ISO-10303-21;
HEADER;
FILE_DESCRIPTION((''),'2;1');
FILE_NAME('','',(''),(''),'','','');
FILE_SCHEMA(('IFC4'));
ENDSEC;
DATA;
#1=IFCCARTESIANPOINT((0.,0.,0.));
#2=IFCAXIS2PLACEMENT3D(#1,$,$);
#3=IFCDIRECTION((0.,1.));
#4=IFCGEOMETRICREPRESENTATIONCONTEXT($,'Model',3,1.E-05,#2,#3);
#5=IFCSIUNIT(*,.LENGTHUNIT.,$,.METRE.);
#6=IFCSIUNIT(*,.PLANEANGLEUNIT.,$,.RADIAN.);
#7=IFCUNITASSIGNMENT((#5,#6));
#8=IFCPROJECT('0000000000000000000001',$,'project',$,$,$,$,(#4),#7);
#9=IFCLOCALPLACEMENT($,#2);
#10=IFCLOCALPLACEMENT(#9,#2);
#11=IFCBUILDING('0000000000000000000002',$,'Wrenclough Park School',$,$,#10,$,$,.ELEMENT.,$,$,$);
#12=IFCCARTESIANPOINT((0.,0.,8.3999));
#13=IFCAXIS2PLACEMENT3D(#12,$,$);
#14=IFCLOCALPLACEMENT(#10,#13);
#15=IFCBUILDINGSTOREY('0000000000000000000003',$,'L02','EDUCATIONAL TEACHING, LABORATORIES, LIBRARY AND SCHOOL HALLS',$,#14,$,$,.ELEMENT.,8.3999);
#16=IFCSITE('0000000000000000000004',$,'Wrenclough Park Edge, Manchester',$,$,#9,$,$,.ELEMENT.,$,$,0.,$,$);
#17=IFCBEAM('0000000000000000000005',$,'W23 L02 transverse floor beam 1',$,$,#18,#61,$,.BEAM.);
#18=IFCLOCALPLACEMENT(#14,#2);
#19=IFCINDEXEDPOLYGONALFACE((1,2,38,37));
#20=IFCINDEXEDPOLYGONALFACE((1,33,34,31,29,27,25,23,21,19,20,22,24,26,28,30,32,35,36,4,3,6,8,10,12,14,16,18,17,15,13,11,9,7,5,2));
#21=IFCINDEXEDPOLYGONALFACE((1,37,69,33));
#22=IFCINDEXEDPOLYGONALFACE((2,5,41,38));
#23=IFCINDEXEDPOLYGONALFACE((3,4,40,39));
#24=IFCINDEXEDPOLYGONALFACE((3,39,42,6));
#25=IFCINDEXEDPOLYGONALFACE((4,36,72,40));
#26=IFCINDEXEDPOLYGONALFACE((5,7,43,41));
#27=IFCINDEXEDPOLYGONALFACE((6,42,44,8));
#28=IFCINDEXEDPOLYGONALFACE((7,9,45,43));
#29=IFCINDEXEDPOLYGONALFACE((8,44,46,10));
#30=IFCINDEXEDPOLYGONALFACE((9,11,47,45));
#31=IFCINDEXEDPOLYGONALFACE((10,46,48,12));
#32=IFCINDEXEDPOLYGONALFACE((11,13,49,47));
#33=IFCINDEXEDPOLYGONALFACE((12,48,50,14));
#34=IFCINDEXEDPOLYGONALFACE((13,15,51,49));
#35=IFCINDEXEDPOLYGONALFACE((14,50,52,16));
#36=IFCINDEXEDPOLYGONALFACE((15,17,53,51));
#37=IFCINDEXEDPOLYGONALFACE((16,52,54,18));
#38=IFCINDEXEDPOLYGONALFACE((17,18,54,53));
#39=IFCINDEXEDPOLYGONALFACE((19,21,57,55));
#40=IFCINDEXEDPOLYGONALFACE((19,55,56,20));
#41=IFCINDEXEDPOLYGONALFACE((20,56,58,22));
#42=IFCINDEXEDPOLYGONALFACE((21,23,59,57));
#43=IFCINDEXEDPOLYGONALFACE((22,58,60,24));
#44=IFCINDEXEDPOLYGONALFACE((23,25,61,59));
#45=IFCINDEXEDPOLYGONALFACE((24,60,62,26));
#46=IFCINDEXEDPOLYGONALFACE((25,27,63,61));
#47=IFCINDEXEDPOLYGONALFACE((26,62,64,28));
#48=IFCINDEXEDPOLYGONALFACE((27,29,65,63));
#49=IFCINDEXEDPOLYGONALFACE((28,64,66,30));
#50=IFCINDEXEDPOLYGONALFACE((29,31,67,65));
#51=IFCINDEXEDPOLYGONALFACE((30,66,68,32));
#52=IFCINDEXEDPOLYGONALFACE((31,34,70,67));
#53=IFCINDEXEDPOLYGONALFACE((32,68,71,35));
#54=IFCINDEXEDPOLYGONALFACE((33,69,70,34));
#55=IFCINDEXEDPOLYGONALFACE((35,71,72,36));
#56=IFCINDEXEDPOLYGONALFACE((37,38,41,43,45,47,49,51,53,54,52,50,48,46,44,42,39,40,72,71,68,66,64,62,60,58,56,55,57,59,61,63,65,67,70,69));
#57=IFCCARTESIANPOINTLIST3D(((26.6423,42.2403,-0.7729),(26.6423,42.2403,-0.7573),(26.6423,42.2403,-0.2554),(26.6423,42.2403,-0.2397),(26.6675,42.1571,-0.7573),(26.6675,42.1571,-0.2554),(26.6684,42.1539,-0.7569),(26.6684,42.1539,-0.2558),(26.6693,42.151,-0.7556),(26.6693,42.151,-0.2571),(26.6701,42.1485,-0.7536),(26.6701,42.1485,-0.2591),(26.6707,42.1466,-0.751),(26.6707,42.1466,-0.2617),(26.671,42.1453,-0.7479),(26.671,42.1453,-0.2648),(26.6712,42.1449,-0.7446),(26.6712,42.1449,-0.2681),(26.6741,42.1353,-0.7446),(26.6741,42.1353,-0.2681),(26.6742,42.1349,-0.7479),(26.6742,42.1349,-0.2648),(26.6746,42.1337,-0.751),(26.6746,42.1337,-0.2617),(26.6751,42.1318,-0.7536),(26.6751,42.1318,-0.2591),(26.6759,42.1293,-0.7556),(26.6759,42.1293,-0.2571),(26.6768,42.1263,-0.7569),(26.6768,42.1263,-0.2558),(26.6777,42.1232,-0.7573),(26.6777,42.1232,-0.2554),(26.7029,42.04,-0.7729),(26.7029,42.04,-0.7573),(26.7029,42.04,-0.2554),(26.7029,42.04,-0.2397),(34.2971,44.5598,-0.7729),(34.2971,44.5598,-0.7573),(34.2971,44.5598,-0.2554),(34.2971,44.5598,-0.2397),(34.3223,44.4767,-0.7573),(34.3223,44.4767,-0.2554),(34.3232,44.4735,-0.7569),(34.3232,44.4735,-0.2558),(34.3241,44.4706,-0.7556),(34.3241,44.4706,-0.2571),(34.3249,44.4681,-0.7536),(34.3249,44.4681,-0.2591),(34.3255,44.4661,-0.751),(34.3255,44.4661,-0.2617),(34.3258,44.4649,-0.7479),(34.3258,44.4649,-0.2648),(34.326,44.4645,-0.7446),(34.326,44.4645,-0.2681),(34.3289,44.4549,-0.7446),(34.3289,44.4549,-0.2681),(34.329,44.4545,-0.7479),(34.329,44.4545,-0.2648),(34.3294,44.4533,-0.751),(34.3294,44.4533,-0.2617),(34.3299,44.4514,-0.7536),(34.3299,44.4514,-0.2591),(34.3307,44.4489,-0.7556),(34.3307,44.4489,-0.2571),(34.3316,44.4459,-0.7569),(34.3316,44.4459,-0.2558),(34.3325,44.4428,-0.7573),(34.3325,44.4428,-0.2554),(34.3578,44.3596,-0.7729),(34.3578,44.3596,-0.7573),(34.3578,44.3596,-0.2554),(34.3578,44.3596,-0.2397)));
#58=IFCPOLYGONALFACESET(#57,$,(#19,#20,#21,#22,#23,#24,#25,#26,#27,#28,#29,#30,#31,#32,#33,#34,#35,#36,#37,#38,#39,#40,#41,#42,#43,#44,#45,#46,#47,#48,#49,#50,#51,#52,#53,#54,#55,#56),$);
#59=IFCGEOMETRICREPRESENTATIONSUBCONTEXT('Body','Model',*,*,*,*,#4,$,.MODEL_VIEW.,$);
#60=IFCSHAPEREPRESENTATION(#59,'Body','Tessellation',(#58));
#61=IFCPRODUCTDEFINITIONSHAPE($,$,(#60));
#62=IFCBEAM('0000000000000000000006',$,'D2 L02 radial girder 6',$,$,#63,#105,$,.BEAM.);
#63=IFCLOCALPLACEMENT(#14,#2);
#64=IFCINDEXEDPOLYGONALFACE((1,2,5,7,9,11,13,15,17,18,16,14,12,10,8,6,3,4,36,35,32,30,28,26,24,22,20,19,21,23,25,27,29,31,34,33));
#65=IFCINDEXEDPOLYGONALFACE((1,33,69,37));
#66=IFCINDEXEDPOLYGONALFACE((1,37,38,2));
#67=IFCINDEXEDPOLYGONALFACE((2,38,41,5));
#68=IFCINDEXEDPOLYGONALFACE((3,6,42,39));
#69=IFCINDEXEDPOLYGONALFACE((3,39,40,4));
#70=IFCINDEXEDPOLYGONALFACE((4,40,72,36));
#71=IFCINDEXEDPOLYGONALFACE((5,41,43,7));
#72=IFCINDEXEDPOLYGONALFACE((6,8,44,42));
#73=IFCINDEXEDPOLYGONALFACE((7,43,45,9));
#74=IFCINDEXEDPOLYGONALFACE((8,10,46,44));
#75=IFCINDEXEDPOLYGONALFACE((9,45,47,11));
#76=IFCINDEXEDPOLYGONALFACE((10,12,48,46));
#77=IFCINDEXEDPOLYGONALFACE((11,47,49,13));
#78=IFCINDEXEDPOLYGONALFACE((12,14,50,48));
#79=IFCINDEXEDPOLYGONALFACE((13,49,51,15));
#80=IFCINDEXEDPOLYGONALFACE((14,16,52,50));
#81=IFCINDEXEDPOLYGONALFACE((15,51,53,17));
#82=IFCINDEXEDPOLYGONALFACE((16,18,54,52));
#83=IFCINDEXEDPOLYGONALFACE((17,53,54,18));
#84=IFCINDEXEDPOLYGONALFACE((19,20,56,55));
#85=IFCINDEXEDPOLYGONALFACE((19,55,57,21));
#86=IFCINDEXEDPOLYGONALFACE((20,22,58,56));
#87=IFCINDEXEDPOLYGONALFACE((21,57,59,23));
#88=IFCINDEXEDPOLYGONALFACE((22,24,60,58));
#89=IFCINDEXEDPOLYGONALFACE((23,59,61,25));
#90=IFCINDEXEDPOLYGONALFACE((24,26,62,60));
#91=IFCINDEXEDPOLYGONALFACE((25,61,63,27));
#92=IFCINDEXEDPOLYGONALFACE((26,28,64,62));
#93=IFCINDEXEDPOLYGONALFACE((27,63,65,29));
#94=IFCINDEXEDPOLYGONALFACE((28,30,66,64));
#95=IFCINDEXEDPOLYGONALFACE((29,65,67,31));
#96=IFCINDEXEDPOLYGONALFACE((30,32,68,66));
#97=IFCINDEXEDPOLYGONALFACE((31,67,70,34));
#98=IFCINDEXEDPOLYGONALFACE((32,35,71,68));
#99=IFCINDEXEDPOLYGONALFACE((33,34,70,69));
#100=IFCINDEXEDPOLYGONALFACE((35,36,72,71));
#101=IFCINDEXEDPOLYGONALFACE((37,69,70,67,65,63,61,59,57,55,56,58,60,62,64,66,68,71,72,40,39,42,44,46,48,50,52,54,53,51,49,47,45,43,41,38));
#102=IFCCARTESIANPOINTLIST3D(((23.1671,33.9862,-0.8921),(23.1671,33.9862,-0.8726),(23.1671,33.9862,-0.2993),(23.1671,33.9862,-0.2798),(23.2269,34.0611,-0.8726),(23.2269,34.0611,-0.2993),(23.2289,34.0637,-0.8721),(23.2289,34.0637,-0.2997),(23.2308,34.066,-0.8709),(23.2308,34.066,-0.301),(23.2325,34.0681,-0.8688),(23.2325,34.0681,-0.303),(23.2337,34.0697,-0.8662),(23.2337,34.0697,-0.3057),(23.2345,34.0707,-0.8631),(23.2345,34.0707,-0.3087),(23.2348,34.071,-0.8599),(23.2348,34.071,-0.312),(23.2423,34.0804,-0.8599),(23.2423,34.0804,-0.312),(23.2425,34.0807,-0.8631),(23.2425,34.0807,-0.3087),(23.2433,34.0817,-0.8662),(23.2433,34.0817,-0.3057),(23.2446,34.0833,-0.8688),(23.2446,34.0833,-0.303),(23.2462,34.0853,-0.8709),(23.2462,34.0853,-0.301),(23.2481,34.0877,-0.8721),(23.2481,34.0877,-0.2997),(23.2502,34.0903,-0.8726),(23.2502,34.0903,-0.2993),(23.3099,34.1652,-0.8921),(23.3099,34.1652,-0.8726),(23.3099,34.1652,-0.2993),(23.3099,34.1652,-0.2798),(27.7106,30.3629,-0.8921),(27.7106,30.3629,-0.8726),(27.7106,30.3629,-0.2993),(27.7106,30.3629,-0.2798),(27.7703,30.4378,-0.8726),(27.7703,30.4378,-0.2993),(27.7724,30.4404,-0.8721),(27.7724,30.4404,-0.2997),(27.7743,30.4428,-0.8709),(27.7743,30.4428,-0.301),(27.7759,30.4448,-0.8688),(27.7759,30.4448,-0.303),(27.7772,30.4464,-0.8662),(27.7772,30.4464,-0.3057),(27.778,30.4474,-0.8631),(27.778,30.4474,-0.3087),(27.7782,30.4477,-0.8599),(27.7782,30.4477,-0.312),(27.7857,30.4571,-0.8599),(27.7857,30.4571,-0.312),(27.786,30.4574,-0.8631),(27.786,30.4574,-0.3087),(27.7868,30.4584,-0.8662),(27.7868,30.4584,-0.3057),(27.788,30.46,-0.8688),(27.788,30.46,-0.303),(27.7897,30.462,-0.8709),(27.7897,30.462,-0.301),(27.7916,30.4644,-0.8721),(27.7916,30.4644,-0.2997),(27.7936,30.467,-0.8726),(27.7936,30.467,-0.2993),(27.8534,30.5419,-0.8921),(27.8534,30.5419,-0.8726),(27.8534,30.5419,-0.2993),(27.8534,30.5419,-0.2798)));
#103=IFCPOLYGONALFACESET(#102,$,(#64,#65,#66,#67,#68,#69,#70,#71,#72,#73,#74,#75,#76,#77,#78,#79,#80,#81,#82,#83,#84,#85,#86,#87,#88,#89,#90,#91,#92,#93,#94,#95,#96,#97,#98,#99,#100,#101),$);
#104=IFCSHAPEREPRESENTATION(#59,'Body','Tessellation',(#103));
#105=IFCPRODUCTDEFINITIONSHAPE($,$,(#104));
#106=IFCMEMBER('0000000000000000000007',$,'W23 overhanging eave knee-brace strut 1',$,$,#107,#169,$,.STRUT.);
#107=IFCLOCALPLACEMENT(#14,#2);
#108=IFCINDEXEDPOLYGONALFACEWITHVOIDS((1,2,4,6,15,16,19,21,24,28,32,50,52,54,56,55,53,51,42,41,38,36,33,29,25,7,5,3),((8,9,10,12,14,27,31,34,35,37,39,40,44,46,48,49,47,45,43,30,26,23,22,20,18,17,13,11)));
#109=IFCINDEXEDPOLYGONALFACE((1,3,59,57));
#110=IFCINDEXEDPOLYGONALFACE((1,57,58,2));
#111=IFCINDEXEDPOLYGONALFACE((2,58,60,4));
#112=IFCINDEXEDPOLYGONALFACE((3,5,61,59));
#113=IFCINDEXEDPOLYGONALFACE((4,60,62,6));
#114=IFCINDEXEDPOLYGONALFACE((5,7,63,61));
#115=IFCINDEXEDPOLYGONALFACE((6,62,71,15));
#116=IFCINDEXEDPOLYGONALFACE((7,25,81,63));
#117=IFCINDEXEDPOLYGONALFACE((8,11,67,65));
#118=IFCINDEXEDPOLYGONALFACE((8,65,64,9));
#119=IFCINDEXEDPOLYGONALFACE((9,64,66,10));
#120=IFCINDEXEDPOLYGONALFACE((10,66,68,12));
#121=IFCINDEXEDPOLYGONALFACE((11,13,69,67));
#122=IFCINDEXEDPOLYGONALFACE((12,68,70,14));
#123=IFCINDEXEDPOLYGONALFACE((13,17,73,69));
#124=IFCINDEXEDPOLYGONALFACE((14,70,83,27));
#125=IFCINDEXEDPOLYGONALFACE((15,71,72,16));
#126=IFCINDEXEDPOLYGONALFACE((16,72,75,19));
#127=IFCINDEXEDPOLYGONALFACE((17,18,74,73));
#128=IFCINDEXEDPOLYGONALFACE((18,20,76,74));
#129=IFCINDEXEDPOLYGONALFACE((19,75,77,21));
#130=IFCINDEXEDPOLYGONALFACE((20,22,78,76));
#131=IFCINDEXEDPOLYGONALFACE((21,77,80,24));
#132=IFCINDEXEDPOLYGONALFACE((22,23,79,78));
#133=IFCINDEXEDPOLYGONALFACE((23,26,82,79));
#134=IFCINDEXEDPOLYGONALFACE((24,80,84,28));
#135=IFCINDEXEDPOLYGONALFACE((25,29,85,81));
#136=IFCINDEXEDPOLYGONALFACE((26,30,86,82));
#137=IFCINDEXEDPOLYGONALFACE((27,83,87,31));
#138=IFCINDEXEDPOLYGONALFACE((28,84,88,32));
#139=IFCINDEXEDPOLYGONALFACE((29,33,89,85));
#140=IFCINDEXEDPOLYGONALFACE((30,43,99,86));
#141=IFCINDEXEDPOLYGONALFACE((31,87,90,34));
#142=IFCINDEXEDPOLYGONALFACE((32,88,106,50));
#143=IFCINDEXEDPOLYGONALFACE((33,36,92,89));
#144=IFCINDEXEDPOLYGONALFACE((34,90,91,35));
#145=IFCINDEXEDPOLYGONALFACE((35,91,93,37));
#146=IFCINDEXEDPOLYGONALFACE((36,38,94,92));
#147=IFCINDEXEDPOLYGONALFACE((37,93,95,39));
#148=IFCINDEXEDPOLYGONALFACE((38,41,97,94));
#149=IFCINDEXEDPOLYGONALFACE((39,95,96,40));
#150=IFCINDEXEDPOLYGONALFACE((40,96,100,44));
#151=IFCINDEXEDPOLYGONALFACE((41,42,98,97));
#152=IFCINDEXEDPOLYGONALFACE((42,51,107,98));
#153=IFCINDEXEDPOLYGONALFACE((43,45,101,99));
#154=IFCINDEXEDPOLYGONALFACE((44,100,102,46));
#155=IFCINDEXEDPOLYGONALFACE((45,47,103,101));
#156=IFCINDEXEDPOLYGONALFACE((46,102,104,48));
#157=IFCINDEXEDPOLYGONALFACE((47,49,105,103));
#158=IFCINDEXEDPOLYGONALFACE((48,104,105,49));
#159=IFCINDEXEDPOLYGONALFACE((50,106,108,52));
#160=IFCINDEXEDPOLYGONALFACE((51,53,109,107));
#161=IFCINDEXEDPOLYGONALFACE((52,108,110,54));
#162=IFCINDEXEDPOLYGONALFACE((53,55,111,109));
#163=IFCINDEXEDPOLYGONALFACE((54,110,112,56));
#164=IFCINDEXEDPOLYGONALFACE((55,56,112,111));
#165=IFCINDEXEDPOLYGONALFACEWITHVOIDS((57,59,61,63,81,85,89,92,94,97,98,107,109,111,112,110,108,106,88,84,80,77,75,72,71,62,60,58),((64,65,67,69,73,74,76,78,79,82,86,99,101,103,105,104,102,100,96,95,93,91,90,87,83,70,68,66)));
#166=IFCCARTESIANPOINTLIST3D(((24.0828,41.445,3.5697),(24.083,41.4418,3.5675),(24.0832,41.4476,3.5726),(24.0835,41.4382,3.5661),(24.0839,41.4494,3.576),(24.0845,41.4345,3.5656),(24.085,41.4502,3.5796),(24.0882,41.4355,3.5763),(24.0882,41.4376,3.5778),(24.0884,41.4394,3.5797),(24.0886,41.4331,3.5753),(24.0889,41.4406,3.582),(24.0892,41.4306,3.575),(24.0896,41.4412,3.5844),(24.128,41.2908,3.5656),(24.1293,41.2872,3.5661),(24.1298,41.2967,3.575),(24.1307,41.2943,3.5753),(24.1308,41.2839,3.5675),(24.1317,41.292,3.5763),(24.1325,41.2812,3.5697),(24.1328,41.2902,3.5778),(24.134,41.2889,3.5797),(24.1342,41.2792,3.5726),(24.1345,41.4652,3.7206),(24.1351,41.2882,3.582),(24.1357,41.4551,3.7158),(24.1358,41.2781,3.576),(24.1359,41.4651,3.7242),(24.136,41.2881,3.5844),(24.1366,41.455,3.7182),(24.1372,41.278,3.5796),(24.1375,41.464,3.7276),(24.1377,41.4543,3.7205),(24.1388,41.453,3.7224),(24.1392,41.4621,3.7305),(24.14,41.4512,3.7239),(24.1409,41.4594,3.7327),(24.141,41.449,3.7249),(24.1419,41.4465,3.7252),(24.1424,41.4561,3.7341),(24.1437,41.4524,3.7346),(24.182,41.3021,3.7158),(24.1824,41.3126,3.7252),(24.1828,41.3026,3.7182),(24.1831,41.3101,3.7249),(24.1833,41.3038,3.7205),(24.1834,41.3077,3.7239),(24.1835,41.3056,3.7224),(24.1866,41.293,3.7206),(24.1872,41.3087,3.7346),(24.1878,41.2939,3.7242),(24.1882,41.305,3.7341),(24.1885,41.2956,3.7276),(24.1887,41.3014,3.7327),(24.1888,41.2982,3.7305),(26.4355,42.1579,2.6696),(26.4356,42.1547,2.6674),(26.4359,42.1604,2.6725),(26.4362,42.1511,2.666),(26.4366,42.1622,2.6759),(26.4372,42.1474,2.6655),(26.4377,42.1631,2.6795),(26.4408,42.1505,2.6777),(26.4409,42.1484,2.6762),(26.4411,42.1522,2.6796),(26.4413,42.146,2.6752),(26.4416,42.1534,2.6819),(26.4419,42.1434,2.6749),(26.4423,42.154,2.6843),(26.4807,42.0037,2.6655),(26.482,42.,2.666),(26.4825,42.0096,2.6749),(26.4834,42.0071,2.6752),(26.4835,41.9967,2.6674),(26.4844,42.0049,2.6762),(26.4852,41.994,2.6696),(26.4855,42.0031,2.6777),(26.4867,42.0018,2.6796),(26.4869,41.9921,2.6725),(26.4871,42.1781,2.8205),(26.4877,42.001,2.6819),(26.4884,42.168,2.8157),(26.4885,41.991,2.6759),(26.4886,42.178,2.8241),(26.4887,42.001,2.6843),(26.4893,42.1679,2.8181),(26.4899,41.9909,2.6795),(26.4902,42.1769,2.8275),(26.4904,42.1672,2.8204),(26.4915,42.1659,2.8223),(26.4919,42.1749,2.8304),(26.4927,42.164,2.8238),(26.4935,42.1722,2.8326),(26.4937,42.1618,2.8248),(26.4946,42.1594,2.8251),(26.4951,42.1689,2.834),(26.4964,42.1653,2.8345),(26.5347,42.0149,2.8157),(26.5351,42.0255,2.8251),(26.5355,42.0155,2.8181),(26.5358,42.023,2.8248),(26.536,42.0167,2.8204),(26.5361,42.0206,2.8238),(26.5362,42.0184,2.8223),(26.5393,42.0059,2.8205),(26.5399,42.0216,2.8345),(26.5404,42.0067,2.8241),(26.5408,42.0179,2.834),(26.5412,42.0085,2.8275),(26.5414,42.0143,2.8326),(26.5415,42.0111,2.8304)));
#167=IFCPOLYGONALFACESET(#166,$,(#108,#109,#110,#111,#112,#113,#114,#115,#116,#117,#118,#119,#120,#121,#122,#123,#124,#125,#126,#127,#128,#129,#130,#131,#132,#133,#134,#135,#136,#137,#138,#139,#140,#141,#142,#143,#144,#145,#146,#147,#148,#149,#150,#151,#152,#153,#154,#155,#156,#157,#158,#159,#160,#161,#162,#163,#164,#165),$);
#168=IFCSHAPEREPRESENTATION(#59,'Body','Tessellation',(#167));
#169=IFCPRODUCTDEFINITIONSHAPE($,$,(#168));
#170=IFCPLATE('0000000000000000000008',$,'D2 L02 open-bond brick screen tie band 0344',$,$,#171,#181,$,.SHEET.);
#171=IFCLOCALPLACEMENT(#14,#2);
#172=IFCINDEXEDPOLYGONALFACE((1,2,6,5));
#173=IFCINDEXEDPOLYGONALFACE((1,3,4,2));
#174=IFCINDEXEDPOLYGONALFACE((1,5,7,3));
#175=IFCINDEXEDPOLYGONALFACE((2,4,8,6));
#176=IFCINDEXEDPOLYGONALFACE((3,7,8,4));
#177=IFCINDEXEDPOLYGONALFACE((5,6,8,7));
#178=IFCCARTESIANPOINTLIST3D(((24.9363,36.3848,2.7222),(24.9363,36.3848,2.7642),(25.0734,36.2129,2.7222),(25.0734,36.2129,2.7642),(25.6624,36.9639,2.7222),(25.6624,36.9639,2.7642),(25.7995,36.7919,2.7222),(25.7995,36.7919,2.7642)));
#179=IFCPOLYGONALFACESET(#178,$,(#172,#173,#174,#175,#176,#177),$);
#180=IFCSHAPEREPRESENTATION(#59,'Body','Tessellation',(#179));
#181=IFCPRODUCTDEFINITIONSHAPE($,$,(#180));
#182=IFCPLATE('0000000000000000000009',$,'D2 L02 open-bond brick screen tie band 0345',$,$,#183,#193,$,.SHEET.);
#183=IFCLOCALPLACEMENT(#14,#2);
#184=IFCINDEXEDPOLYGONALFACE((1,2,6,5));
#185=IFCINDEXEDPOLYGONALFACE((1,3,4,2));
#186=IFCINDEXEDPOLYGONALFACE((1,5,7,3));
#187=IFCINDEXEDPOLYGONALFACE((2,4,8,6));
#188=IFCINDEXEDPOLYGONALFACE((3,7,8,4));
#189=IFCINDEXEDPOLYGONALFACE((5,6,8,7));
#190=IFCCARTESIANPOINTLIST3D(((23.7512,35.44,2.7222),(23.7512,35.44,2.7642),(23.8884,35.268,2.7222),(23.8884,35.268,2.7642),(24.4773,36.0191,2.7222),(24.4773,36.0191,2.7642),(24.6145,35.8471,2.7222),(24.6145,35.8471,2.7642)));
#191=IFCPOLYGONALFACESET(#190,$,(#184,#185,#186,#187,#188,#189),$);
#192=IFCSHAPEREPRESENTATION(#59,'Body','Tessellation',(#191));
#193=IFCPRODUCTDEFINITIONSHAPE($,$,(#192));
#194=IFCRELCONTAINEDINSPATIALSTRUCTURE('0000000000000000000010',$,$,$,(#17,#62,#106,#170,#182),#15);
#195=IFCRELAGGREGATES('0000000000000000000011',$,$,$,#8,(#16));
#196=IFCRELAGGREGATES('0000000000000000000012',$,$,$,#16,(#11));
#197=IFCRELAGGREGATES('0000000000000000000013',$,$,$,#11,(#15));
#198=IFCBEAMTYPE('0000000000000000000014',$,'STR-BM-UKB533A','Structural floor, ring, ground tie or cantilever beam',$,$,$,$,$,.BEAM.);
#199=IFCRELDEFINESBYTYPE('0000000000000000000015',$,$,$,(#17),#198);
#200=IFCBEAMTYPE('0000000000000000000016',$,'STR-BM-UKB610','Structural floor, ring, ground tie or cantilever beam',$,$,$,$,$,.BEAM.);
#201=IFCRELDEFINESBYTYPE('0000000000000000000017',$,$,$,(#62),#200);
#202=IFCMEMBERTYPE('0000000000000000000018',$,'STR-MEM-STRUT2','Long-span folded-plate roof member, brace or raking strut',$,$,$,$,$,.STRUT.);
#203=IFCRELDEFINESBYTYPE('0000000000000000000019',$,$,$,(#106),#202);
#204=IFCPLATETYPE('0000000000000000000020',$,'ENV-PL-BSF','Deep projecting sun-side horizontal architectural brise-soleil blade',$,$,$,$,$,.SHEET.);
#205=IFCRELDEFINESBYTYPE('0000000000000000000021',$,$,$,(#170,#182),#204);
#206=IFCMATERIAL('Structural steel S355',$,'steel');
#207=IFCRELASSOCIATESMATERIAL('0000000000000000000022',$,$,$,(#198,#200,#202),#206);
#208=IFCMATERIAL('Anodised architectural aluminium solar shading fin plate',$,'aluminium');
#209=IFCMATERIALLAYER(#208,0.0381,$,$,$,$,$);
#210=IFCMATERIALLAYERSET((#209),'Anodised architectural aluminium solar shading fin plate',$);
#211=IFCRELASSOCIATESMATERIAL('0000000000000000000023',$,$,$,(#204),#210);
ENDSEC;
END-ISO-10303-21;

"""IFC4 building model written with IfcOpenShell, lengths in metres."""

from ifc_helpers import new_model, si_unit, direction, frame, origin, origin_2d, place, context, subcontext, project, spatial, rectangle, hollow_rectangle, i_section, extrude, material, layer, layer_set, material_profile, profile_set, type_object, element, save


model = new_model("IFC4")

# Units and contexts
model_context = context("Model", 3, precision=1e-05, world=origin(), true_north=direction((0.0, 1.0)))
body_context = subcontext(model_context, "Body", "Model", "MODEL_VIEW")
ifc_project = project(units=[si_unit("LENGTHUNIT", "METRE"), si_unit("PLANEANGLEUNIT", "RADIAN")], contexts=[model_context])

# Site, building, storey
site_placement = place(None, origin())
site = spatial("IfcSite", under=ifc_project, at=site_placement, Name="Wrenclough Park Edge, Manchester", CompositionType="ELEMENT", RefElevation=0.0)
building_placement = place(site_placement, origin())
building = spatial("IfcBuilding", under=site, at=building_placement, Name="Wrenclough Park School", CompositionType="ELEMENT")
storey_placement = place(building_placement, frame((0.0, 0.0, 8.3999)))
storey = spatial("IfcBuildingStorey", under=building, at=storey_placement, Name="L02", Description="EDUCATIONAL TEACHING, LABORATORIES, LIBRARY AND SCHOOL HALLS", CompositionType="ELEMENT", Elevation=8.3999)

# Shared definitions
ifc_material_1 = material(Name="Structural steel S355", Category="steel")

# Beams
ifc_material_profile_1 = material_profile(ifc_material_1, i_section(OverallWidth=0.2092, OverallDepth=0.5332, WebThickness=0.01, FlangeThickness=0.0156, FilletRadius=0.0127, at=origin_2d()), Name="UKB 533x210x92")
ifc_profile_set_1 = profile_set([ifc_material_profile_1], Name="Structural steel S355")
beam_type_1 = type_object("IfcBeamType", Name="STR-BM-UKB533A", Description="Structural floor, ring, ground tie or cantilever beam", PredefinedType="BEAM", material=ifc_profile_set_1)
beam_1_placement = place(storey_placement, frame((26.6726, 42.1401, -0.5063), z_axis=(0.957026, 0.290001, 0.0), x_axis=(-0.290001, 0.957026, 0.0)))
element("IfcBeam", 1, at=beam_1_placement, inside=storey, type_object=beam_type_1, Name="W23 L02 transverse floor beam 1", PredefinedType="BEAM", context=body_context, shape_type="SweptSolid", body=[
    extrude(i_section(OverallWidth=0.2092, OverallDepth=0.5332, WebThickness=0.01, FlangeThickness=0.0156, FilletRadius=0.0127, at=origin_2d()), origin(), (0.0, 0.0, 1.0), 7.9985),
])
ifc_material_profile_2 = material_profile(ifc_material_1, i_section(OverallWidth=0.229, OverallDepth=0.6123, WebThickness=0.012, FlangeThickness=0.0195, FilletRadius=0.0127, at=origin_2d()), Name="UKB 610x229x125")
ifc_profile_set_2 = profile_set([ifc_material_profile_2], Name="Structural steel S355")
beam_type_2 = type_object("IfcBeamType", Name="STR-BM-UKB610", Description="Structural floor, ring, ground tie or cantilever beam", PredefinedType="BEAM", material=ifc_profile_set_2)
beam_2_placement = place(storey_placement, frame((23.2385, 34.0757, -0.5859), z_axis=(0.781831, -0.62349, 0.0), x_axis=(0.62349, 0.781831, 0.0)))
element("IfcBeam", 2, at=beam_2_placement, inside=storey, type_object=beam_type_2, Name="D2 L02 radial girder 6", PredefinedType="BEAM", context=body_context, shape_type="SweptSolid", body=[
    extrude(i_section(OverallWidth=0.229, OverallDepth=0.6123, WebThickness=0.012, FlangeThickness=0.0195, FilletRadius=0.0127, at=origin_2d()), origin(), (0.0, 0.0, 1.0), 5.8113),
])

# Member
ifc_material_profile_3 = material_profile(ifc_material_1, hollow_rectangle(XDim=0.1799, YDim=0.1799, WallThickness=0.01, InnerFilletRadius=0.01, OuterFilletRadius=0.0149, at=origin_2d()), Name="SHS 180x180x10.0")
ifc_profile_set_3 = profile_set([ifc_material_profile_3], Name="Structural steel S355")
member_type = type_object("IfcMemberType", Name="STR-MEM-STRUT2", Description="Long-span folded-plate roof member, brace or raking strut", PredefinedType="STRUT", material=ifc_profile_set_3)
member_placement = place(storey_placement, frame((26.4885, 42.0845, 2.75), z_axis=(-0.898686, -0.272301, 0.343826), x_axis=(0.28998, -0.957033, 0.0)))
element("IfcMember", 3, at=member_placement, inside=storey, type_object=member_type, Name="W23 overhanging eave knee-brace strut 1", PredefinedType="STRUT", context=body_context, shape_type="SweptSolid", body=[
    extrude(hollow_rectangle(XDim=0.1799, YDim=0.1799, WallThickness=0.01, InnerFilletRadius=0.01, OuterFilletRadius=0.0149, at=origin_2d()), origin(), (0.0, 0.0, 1.0), 2.6179),
])

# Plates
ifc_material_2 = material(Name="Anodised architectural aluminium solar shading fin plate", Category="aluminium")
ifc_layer_1 = layer(ifc_material_2, 0.0381)
ifc_layer_set_1 = layer_set([ifc_layer_1], Name="Anodised architectural aluminium solar shading fin plate")
plate_type_1 = type_object("IfcPlateType", Name="ENV-PL-BSF", Description="Deep projecting sun-side horizontal architectural brise-soleil blade", PredefinedType="SHEET", material=ifc_layer_set_1)
for number, where, z_axis, x_axis, name in (
    (4, (25.3679, 36.5884, 2.7222), (0.0, 0.0, 1.0), (-0.781831, -0.62349, 0.0), "D2 L02 open-bond brick screen tie band 0344"),
    (5, (24.1829, 35.6436, 2.7222), (0.0, 0.0, 1.0), (-0.781831, -0.62349, 0.0), "D2 L02 open-bond brick screen tie band 0345"),
):
    element("IfcPlate", number, at=place(storey_placement, frame(where, z_axis=z_axis, x_axis=x_axis)), inside=storey, type_object=plate_type_1, Name=name, PredefinedType="SHEET", context=body_context, shape_type="SweptSolid", body=[
        extrude(rectangle(XDim=0.9287, YDim=0.22, at=origin_2d()), origin(), (0.0, 0.0, 1.0), 0.042),
    ])

save(model, "model.ifc")
